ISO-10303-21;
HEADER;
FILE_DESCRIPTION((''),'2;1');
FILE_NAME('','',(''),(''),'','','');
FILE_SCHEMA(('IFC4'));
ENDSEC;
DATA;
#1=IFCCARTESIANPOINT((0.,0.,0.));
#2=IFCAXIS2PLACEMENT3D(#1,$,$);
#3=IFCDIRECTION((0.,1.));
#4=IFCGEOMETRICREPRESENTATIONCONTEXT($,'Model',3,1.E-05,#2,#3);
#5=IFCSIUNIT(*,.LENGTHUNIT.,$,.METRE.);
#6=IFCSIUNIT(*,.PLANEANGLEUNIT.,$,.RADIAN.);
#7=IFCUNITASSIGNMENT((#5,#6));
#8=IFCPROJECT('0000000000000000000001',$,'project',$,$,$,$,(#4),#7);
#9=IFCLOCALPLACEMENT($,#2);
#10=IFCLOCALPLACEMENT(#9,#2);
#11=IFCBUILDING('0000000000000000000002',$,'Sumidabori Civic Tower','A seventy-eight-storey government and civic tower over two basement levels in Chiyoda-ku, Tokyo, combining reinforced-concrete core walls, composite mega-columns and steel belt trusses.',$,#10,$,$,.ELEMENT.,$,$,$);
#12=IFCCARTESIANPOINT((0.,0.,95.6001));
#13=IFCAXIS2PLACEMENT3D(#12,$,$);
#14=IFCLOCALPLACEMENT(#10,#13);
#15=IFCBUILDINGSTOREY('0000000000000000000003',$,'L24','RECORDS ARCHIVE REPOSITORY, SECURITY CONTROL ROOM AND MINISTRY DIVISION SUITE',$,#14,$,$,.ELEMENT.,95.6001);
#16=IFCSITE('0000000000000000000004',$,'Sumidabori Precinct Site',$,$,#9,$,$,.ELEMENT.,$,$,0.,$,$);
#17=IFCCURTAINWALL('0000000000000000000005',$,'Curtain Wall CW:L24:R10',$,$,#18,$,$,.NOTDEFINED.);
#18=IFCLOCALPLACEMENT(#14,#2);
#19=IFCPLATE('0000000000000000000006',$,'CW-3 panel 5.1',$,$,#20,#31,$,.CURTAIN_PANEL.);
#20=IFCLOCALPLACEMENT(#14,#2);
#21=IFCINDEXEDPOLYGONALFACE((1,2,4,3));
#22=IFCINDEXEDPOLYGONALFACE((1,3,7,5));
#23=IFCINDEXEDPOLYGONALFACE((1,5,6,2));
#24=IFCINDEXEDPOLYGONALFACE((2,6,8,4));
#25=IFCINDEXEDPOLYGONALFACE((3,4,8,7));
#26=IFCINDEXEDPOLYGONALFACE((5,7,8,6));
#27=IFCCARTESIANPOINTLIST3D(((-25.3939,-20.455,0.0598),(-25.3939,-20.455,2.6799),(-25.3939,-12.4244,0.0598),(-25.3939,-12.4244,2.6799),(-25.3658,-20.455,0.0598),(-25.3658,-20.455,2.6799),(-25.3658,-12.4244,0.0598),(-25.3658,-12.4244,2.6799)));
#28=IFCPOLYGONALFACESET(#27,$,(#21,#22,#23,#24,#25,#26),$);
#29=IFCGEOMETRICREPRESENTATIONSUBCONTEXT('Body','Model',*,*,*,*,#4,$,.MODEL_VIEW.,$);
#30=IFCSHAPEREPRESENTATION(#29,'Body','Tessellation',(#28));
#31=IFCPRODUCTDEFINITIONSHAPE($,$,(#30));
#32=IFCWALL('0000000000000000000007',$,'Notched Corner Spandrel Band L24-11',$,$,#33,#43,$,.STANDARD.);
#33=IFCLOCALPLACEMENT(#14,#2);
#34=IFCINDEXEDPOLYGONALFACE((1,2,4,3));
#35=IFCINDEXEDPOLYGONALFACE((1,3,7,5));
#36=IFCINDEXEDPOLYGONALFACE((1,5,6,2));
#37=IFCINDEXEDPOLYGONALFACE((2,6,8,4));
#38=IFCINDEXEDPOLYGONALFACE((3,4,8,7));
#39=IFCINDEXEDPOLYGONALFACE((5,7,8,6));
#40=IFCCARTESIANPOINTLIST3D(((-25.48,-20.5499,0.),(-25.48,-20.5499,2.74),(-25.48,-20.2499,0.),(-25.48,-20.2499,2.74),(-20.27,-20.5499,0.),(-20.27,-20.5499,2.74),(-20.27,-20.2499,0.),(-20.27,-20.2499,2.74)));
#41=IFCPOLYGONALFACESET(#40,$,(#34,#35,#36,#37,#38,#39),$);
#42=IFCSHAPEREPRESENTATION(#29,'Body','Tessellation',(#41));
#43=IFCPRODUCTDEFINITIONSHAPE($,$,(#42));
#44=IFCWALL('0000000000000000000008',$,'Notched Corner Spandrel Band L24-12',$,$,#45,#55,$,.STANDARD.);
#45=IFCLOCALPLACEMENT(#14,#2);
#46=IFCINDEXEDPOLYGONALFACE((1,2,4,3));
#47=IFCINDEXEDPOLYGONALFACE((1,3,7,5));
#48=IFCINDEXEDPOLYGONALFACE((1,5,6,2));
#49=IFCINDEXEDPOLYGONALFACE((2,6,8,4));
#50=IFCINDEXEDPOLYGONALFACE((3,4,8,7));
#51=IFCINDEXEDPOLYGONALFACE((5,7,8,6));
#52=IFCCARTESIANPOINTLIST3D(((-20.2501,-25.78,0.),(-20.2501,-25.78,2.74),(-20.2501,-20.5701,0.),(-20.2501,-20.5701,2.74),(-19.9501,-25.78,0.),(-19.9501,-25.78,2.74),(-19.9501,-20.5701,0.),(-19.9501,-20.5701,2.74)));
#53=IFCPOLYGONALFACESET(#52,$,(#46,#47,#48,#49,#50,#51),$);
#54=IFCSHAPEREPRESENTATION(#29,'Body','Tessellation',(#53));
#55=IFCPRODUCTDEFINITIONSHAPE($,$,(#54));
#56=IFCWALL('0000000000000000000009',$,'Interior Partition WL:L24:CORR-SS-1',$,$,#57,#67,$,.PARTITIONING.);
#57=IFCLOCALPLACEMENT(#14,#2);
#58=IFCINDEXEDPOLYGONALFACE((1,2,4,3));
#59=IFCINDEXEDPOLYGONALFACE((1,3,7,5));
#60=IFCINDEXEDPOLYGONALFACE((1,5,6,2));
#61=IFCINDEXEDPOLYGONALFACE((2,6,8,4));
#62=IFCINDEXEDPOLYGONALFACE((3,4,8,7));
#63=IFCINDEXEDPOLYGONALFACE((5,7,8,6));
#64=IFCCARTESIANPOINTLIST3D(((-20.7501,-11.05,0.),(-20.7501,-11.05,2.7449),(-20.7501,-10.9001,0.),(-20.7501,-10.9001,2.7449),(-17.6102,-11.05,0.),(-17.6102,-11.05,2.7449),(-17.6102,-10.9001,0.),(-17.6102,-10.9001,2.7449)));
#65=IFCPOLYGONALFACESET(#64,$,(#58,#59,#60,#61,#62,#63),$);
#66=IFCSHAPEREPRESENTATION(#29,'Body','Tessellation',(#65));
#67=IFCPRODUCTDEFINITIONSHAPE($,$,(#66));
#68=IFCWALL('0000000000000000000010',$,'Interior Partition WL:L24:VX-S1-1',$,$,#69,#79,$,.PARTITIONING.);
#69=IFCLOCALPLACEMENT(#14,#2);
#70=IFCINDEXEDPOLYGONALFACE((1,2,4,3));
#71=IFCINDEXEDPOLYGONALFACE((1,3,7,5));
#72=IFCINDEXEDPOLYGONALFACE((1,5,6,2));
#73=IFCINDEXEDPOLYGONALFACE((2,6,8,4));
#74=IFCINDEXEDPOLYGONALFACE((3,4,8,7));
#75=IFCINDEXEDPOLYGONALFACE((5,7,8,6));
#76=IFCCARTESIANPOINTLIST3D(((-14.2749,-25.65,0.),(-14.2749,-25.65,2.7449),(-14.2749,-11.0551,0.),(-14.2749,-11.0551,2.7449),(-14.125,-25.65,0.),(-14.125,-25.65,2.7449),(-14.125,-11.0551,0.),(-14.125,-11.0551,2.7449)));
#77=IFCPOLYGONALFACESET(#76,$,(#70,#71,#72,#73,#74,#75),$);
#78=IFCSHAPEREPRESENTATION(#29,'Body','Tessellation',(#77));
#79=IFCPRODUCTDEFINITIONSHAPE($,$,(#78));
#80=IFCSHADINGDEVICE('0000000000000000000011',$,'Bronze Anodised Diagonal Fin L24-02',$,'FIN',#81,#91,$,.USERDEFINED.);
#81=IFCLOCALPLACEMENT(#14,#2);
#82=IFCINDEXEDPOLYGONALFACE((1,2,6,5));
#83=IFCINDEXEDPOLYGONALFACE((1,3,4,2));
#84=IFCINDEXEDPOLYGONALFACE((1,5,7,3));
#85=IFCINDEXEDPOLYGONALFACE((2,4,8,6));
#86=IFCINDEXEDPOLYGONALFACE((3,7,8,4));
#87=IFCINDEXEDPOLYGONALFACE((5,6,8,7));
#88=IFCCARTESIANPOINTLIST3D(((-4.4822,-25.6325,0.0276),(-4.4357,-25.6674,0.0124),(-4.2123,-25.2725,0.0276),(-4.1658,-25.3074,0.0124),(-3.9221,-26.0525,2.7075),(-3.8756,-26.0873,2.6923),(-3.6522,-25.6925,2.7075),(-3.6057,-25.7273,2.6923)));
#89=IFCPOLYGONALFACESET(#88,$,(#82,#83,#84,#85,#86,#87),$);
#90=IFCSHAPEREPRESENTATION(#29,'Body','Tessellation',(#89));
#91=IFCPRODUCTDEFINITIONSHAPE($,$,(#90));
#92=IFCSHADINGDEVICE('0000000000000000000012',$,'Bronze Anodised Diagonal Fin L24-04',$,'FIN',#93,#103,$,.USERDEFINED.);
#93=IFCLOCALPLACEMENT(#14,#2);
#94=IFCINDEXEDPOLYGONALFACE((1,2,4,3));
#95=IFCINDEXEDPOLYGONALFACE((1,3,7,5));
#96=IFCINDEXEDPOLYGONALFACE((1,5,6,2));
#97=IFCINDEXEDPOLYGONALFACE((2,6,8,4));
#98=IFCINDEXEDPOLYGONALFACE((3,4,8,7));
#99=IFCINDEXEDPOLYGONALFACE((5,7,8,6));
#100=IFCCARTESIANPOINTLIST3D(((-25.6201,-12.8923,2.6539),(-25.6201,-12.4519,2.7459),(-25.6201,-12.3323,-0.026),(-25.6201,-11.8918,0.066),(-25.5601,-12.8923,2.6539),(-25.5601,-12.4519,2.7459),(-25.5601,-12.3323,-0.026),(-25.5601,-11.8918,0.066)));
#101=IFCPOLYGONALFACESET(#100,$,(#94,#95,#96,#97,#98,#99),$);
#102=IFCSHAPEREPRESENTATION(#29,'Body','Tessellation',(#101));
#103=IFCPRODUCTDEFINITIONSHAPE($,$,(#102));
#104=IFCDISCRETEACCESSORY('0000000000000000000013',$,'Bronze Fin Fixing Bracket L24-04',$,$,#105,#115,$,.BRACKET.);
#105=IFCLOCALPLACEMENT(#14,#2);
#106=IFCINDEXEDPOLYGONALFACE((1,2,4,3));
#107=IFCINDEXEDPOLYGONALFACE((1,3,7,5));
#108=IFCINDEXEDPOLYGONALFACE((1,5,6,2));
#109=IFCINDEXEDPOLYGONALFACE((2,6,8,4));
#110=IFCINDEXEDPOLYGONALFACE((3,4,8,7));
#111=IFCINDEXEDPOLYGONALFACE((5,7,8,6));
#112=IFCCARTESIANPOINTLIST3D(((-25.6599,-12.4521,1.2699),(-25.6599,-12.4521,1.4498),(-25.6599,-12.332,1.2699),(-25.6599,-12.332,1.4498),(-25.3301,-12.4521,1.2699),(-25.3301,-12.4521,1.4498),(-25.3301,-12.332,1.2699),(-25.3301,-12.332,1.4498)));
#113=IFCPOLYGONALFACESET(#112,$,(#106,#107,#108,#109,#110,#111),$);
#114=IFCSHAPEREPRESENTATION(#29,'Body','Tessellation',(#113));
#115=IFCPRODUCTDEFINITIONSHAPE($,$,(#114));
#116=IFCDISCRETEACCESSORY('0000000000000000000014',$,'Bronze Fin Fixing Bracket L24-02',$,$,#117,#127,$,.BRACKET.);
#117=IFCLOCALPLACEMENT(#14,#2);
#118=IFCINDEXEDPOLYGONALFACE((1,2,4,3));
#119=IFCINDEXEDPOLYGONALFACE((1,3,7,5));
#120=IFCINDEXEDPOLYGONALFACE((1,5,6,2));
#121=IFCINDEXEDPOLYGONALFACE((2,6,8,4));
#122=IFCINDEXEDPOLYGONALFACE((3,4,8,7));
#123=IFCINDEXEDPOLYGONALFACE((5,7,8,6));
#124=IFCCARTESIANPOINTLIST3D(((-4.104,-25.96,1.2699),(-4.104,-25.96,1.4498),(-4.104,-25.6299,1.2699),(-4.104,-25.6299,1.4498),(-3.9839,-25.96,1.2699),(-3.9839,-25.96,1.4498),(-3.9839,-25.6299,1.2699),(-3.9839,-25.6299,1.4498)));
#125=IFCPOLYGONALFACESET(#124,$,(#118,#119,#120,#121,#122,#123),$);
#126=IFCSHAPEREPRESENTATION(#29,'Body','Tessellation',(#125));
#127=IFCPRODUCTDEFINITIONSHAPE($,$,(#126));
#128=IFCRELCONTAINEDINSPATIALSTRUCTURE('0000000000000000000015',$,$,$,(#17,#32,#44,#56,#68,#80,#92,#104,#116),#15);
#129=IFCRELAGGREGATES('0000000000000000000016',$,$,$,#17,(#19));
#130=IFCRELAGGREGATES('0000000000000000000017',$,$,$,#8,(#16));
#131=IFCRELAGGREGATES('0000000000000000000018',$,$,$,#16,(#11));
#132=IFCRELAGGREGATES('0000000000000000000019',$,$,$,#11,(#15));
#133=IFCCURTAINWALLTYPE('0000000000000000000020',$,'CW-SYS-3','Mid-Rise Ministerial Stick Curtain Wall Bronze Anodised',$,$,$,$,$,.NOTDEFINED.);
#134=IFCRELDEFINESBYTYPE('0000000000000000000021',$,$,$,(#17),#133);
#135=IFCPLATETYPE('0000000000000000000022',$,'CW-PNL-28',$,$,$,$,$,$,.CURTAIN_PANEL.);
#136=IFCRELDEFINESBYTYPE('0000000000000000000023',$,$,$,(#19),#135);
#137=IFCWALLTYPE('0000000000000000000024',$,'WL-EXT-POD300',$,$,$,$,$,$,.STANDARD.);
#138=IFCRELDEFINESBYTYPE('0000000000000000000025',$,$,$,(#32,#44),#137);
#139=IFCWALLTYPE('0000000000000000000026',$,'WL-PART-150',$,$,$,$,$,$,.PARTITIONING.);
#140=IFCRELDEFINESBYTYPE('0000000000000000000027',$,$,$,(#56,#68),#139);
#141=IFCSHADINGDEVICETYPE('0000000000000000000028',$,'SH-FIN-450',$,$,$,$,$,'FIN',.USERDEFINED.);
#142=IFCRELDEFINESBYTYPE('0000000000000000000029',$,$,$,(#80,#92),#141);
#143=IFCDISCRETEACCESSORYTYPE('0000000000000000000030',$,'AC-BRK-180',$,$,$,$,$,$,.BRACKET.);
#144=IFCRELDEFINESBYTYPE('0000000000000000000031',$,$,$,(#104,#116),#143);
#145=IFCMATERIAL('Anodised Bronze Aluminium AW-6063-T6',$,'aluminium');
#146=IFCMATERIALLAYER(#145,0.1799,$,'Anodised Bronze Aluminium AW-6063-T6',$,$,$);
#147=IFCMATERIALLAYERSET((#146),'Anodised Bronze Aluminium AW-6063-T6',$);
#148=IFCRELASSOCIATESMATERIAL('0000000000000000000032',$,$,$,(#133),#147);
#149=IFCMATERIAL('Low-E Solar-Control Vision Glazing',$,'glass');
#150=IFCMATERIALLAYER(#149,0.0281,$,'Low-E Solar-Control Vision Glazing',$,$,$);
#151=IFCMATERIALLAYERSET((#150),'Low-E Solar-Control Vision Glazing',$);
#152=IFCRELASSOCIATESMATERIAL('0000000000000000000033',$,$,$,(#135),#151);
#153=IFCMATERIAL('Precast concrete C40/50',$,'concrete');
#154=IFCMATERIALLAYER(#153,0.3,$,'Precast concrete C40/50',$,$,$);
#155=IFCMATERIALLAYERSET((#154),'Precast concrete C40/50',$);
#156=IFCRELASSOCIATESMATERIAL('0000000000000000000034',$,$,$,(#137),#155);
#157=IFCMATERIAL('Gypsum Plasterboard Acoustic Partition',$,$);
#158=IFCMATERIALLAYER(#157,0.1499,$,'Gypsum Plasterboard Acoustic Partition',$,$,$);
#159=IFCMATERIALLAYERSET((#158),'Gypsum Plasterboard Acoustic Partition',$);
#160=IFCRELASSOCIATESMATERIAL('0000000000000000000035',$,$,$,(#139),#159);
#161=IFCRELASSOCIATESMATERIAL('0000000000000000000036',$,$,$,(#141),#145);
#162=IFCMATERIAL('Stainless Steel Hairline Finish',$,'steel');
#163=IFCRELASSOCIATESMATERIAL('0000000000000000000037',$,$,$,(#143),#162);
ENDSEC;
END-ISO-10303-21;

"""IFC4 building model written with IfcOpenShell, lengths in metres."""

from ifc_helpers import new_model, si_unit, direction, frame, frame_2d, origin, origin_2d, place, context, subcontext, project, spatial, rectangle, extrude, source, transform, mapped, material, layer, layer_set, material_profile, profile_set, type_object, element, aggregate, save


model = new_model("IFC4")

# Units and contexts
model_context = context("Model", 3, precision=1e-05, world=origin(), true_north=direction((0.0, 1.0)))
body_context = subcontext(model_context, "Body", "Model", "MODEL_VIEW")
ifc_project = project(units=[si_unit("LENGTHUNIT", "METRE"), si_unit("PLANEANGLEUNIT", "RADIAN")], contexts=[model_context])

# Site, building, storey
site_placement = place(None, origin())
site = spatial("IfcSite", under=ifc_project, at=site_placement, Name="Sumidabori Precinct Site", CompositionType="ELEMENT", RefElevation=0.0)
building_placement = place(site_placement, origin())
building = spatial("IfcBuilding", under=site, at=building_placement, Name="Sumidabori Civic Tower", Description="A seventy-eight-storey government and civic tower over two basement levels in Chiyoda-ku, Tokyo, combining reinforced-concrete core walls, composite mega-columns and steel belt trusses.", CompositionType="ELEMENT")
storey_placement = place(building_placement, frame((0.0, 0.0, 95.6001)))
storey = spatial("IfcBuildingStorey", under=building, at=storey_placement, Name="L24", Description="RECORDS ARCHIVE REPOSITORY, SECURITY CONTROL ROOM AND MINISTRY DIVISION SUITE", CompositionType="ELEMENT", Elevation=95.6001)

# Curtain wall
ifc_material_1 = material(Name="Anodised Bronze Aluminium AW-6063-T6", Category="aluminium")
ifc_layer_1 = layer(ifc_material_1, 0.1799, Name="Anodised Bronze Aluminium AW-6063-T6")
ifc_layer_set_1 = layer_set([ifc_layer_1], Name="Anodised Bronze Aluminium AW-6063-T6")
curtain_wall_type = type_object("IfcCurtainWallType", Name="CW-SYS-3", Description="Mid-Rise Ministerial Stick Curtain Wall Bronze Anodised", PredefinedType="NOTDEFINED", material=ifc_layer_set_1)
curtain_wall_1_placement = place(storey_placement, origin())
curtain_wall_1 = element("IfcCurtainWall", 1, at=curtain_wall_1_placement, inside=storey, type_object=curtain_wall_type, Name="Curtain Wall CW:L24:R10", PredefinedType="NOTDEFINED")

# Plate
ifc_material_2 = material(Name="Low-E Solar-Control Vision Glazing", Category="glass")
ifc_layer_2 = layer(ifc_material_2, 0.0281, Name="Low-E Solar-Control Vision Glazing")
ifc_layer_set_2 = layer_set([ifc_layer_2], Name="Low-E Solar-Control Vision Glazing")
plate_type = type_object("IfcPlateType", Name="CW-PNL-28", PredefinedType="CURTAIN_PANEL", material=ifc_layer_set_2)
shared_shape_1 = source(origin(), body_context, "Body", "SweptSolid", [
    extrude(rectangle(XDim=8.0305, YDim=0.0281, at=origin_2d()), origin(), (0.0, 0.0, 1.0), 2.6201),
])
plate_1_placement = place(storey_placement, frame((-25.3799, -16.4397, 0.0598), z_axis=(0.0, 0.0, 1.0), x_axis=(0.0, -1.0, 0.0)))
plate_1 = element("IfcPlate", 2, at=plate_1_placement, type_object=plate_type, Name="CW-3 panel 5.1", PredefinedType="CURTAIN_PANEL", context=body_context, shape_type="MappedRepresentation", body=[
    mapped(shared_shape_1, transform((0.0, 0.0, 0.0), x_axis=(1.0, 0.0, 0.0), y_axis=(0.0, 1.0, 0.0), z_axis=(0.0, 0.0, 1.0), scale=1.0)),
])
aggregate(curtain_wall_1, [plate_1])

# Walls
ifc_material_3 = material(Name="Precast concrete C40/50", Category="concrete")
ifc_layer_3 = layer(ifc_material_3, 0.3, Name="Precast concrete C40/50")
ifc_layer_set_3 = layer_set([ifc_layer_3], Name="Precast concrete C40/50")
wall_type_1 = type_object("IfcWallType", Name="WL-EXT-POD300", PredefinedType="STANDARD", material=ifc_layer_set_3)
shared_shape_2 = source(origin(), body_context, "Body", "SweptSolid", [
    extrude(rectangle(XDim=5.21, YDim=0.3, at=frame_2d((2.605, 0.0))), origin(), (0.0, 0.0, 1.0), 2.74),
])
for number, where, z_axis, x_axis, name in (
    (3, (-25.48, -20.3999, 0.0), (0.0, 0.0, 1.0), (1.0, 0.0, 0.0), "Notched Corner Spandrel Band L24-11"),
    (4, (-20.1001, -20.5701, 0.0), (0.0, 0.0, 1.0), (0.0, -1.0, 0.0), "Notched Corner Spandrel Band L24-12"),
):
    element("IfcWall", number, at=place(storey_placement, frame(where, z_axis=z_axis, x_axis=x_axis)), inside=storey, type_object=wall_type_1, Name=name, PredefinedType="STANDARD", context=body_context, shape_type="MappedRepresentation", body=[
        mapped(shared_shape_2, transform((0.0, 0.0, 0.0), x_axis=(1.0, 0.0, 0.0), y_axis=(0.0, 1.0, 0.0), z_axis=(0.0, 0.0, 1.0), scale=1.0)),
    ])
ifc_material_4 = material(Name="Gypsum Plasterboard Acoustic Partition")
ifc_layer_4 = layer(ifc_material_4, 0.1499, Name="Gypsum Plasterboard Acoustic Partition")
ifc_layer_set_4 = layer_set([ifc_layer_4], Name="Gypsum Plasterboard Acoustic Partition")
wall_type_2 = type_object("IfcWallType", Name="WL-PART-150", PredefinedType="PARTITIONING", material=ifc_layer_set_4)
shared_shape_3 = source(origin(), body_context, "Body", "SweptSolid", [
    extrude(rectangle(XDim=3.1399, YDim=0.1499, at=frame_2d((1.5698, 0.0))), origin(), (0.0, 0.0, 1.0), 2.7449),
])
wall_1_placement = place(storey_placement, frame((-20.75, -10.9751, 0.0), z_axis=(0.0, 0.0, 1.0), x_axis=(1.0, 0.0, 0.0)))
element("IfcWall", 5, at=wall_1_placement, inside=storey, type_object=wall_type_2, Name="Interior Partition WL:L24:CORR-SS-1", PredefinedType="PARTITIONING", context=body_context, shape_type="MappedRepresentation", body=[
    mapped(shared_shape_3, transform((0.0, 0.0, 0.0), x_axis=(1.0, 0.0, 0.0), y_axis=(0.0, 1.0, 0.0), z_axis=(0.0, 0.0, 1.0), scale=1.0)),
])
shared_shape_4 = source(origin(), body_context, "Body", "SweptSolid", [
    extrude(rectangle(XDim=14.595, YDim=0.1499, at=frame_2d((7.2974, 0.0))), origin(), (0.0, 0.0, 1.0), 2.7449),
])
wall_2_placement = place(storey_placement, frame((-14.2, -25.6499, 0.0), z_axis=(0.0, 0.0, 1.0), x_axis=(0.0, 1.0, 0.0)))
element("IfcWall", 6, at=wall_2_placement, inside=storey, type_object=wall_type_2, Name="Interior Partition WL:L24:VX-S1-1", PredefinedType="PARTITIONING", context=body_context, shape_type="MappedRepresentation", body=[
    mapped(shared_shape_4, transform((0.0, 0.0, 0.0), x_axis=(1.0, 0.0, 0.0), y_axis=(0.0, 1.0, 0.0), z_axis=(0.0, 0.0, 1.0), scale=1.0)),
])

# Shading devices
ifc_material_profile_1 = material_profile(ifc_material_1, rectangle(XDim=0.0601, YDim=0.45, at=origin_2d()), Name="BRONZE FIN 450x60")
ifc_profile_set_1 = profile_set([ifc_material_profile_1], Name="Anodised Bronze Aluminium AW-6063-T6")
shading_device_type = type_object("IfcShadingDeviceType", Name="SH-FIN-450", ElementType="FIN", PredefinedType="USERDEFINED", material=ifc_profile_set_1)
shared_shape_5 = source(origin(), body_context, "Body", "SweptSolid", [
    extrude(rectangle(XDim=0.0601, YDim=0.45, at=origin_2d()), origin(), (0.0, 0.0, 1.0), 2.7698),
])
shading_device_1_placement = place(storey_placement, frame((-4.324, -25.47, 0.02), z_axis=(0.202199, -0.151605, 0.967539), x_axis=(0.774112, -0.580415, -0.252722)))
element("IfcShadingDevice", 7, at=shading_device_1_placement, inside=storey, type_object=shading_device_type, Name="Bronze Anodised Diagonal Fin L24-02", ObjectType="FIN", PredefinedType="USERDEFINED", context=body_context, shape_type="MappedRepresentation", body=[
    mapped(shared_shape_5, transform((0.0, 0.0, 0.0), x_axis=(1.0, 0.0, 0.0), y_axis=(0.0, 1.0, 0.0), z_axis=(0.0, 0.0, 1.0), scale=1.0)),
])
shared_shape_6 = source(origin(), body_context, "Body", "SweptSolid", [
    extrude(rectangle(XDim=0.0601, YDim=0.45, at=origin_2d()), origin(), (0.0, 0.0, 1.0), 2.7378),
])
shading_device_2_placement = place(storey_placement, frame((-25.5901, -12.1121, 0.02), z_axis=(0.0, -0.204563, 0.978853), x_axis=(-1.0, 0.0, 0.0)))
element("IfcShadingDevice", 8, at=shading_device_2_placement, inside=storey, type_object=shading_device_type, Name="Bronze Anodised Diagonal Fin L24-04", ObjectType="FIN", PredefinedType="USERDEFINED", context=body_context, shape_type="MappedRepresentation", body=[
    mapped(shared_shape_6, transform((0.0, 0.0, 0.0), x_axis=(1.0, 0.0, 0.0), y_axis=(0.0, 1.0, 0.0), z_axis=(0.0, 0.0, 1.0), scale=1.0)),
])

# Discrete accessories
ifc_material_5 = material(Name="Stainless Steel Hairline Finish", Category="steel")
ifc_material_profile_2 = material_profile(ifc_material_5, rectangle(XDim=0.1201, YDim=0.1799, at=origin_2d()), Name="STEEL BRACKET 180x120")
ifc_profile_set_2 = profile_set([ifc_material_profile_2], Name="Stainless Steel Hairline Finish")
discrete_accessory_type = type_object("IfcDiscreteAccessoryType", Name="AC-BRK-180", PredefinedType="BRACKET", material=ifc_profile_set_2)
shared_shape_7 = source(origin(), body_context, "Body", "SweptSolid", [
    extrude(rectangle(XDim=0.1201, YDim=0.1799, at=origin_2d()), origin(), (0.0, 0.0, 1.0), 0.3298),
])
discrete_accessory_1_placement = place(storey_placement, frame((-25.3301, -12.3921, 1.3599), z_axis=(-1.0, 0.0, 0.0), x_axis=(0.0, -1.0, 0.0)))
element("IfcDiscreteAccessory", 9, at=discrete_accessory_1_placement, inside=storey, type_object=discrete_accessory_type, Name="Bronze Fin Fixing Bracket L24-04", PredefinedType="BRACKET", context=body_context, shape_type="MappedRepresentation", body=[
    mapped(shared_shape_7, transform((0.0, 0.0, 0.0), x_axis=(1.0, 0.0, 0.0), y_axis=(0.0, 1.0, 0.0), z_axis=(0.0, 0.0, 1.0), scale=1.0)),
])
shared_shape_8 = source(origin(), body_context, "Body", "SweptSolid", [
    extrude(rectangle(XDim=0.1201, YDim=0.1799, at=origin_2d()), origin(), (0.0, 0.0, 1.0), 0.3301),
])
discrete_accessory_2_placement = place(storey_placement, frame((-4.0439, -25.6299, 1.3599), z_axis=(0.0, -1.0, 0.0), x_axis=(1.0, 0.0, 0.0)))
element("IfcDiscreteAccessory", 10, at=discrete_accessory_2_placement, inside=storey, type_object=discrete_accessory_type, Name="Bronze Fin Fixing Bracket L24-02", PredefinedType="BRACKET", context=body_context, shape_type="MappedRepresentation", body=[
    mapped(shared_shape_8, transform((0.0, 0.0, 0.0), x_axis=(1.0, 0.0, 0.0), y_axis=(0.0, 1.0, 0.0), z_axis=(0.0, 0.0, 1.0), scale=1.0)),
])

save(model, "model.ifc")
